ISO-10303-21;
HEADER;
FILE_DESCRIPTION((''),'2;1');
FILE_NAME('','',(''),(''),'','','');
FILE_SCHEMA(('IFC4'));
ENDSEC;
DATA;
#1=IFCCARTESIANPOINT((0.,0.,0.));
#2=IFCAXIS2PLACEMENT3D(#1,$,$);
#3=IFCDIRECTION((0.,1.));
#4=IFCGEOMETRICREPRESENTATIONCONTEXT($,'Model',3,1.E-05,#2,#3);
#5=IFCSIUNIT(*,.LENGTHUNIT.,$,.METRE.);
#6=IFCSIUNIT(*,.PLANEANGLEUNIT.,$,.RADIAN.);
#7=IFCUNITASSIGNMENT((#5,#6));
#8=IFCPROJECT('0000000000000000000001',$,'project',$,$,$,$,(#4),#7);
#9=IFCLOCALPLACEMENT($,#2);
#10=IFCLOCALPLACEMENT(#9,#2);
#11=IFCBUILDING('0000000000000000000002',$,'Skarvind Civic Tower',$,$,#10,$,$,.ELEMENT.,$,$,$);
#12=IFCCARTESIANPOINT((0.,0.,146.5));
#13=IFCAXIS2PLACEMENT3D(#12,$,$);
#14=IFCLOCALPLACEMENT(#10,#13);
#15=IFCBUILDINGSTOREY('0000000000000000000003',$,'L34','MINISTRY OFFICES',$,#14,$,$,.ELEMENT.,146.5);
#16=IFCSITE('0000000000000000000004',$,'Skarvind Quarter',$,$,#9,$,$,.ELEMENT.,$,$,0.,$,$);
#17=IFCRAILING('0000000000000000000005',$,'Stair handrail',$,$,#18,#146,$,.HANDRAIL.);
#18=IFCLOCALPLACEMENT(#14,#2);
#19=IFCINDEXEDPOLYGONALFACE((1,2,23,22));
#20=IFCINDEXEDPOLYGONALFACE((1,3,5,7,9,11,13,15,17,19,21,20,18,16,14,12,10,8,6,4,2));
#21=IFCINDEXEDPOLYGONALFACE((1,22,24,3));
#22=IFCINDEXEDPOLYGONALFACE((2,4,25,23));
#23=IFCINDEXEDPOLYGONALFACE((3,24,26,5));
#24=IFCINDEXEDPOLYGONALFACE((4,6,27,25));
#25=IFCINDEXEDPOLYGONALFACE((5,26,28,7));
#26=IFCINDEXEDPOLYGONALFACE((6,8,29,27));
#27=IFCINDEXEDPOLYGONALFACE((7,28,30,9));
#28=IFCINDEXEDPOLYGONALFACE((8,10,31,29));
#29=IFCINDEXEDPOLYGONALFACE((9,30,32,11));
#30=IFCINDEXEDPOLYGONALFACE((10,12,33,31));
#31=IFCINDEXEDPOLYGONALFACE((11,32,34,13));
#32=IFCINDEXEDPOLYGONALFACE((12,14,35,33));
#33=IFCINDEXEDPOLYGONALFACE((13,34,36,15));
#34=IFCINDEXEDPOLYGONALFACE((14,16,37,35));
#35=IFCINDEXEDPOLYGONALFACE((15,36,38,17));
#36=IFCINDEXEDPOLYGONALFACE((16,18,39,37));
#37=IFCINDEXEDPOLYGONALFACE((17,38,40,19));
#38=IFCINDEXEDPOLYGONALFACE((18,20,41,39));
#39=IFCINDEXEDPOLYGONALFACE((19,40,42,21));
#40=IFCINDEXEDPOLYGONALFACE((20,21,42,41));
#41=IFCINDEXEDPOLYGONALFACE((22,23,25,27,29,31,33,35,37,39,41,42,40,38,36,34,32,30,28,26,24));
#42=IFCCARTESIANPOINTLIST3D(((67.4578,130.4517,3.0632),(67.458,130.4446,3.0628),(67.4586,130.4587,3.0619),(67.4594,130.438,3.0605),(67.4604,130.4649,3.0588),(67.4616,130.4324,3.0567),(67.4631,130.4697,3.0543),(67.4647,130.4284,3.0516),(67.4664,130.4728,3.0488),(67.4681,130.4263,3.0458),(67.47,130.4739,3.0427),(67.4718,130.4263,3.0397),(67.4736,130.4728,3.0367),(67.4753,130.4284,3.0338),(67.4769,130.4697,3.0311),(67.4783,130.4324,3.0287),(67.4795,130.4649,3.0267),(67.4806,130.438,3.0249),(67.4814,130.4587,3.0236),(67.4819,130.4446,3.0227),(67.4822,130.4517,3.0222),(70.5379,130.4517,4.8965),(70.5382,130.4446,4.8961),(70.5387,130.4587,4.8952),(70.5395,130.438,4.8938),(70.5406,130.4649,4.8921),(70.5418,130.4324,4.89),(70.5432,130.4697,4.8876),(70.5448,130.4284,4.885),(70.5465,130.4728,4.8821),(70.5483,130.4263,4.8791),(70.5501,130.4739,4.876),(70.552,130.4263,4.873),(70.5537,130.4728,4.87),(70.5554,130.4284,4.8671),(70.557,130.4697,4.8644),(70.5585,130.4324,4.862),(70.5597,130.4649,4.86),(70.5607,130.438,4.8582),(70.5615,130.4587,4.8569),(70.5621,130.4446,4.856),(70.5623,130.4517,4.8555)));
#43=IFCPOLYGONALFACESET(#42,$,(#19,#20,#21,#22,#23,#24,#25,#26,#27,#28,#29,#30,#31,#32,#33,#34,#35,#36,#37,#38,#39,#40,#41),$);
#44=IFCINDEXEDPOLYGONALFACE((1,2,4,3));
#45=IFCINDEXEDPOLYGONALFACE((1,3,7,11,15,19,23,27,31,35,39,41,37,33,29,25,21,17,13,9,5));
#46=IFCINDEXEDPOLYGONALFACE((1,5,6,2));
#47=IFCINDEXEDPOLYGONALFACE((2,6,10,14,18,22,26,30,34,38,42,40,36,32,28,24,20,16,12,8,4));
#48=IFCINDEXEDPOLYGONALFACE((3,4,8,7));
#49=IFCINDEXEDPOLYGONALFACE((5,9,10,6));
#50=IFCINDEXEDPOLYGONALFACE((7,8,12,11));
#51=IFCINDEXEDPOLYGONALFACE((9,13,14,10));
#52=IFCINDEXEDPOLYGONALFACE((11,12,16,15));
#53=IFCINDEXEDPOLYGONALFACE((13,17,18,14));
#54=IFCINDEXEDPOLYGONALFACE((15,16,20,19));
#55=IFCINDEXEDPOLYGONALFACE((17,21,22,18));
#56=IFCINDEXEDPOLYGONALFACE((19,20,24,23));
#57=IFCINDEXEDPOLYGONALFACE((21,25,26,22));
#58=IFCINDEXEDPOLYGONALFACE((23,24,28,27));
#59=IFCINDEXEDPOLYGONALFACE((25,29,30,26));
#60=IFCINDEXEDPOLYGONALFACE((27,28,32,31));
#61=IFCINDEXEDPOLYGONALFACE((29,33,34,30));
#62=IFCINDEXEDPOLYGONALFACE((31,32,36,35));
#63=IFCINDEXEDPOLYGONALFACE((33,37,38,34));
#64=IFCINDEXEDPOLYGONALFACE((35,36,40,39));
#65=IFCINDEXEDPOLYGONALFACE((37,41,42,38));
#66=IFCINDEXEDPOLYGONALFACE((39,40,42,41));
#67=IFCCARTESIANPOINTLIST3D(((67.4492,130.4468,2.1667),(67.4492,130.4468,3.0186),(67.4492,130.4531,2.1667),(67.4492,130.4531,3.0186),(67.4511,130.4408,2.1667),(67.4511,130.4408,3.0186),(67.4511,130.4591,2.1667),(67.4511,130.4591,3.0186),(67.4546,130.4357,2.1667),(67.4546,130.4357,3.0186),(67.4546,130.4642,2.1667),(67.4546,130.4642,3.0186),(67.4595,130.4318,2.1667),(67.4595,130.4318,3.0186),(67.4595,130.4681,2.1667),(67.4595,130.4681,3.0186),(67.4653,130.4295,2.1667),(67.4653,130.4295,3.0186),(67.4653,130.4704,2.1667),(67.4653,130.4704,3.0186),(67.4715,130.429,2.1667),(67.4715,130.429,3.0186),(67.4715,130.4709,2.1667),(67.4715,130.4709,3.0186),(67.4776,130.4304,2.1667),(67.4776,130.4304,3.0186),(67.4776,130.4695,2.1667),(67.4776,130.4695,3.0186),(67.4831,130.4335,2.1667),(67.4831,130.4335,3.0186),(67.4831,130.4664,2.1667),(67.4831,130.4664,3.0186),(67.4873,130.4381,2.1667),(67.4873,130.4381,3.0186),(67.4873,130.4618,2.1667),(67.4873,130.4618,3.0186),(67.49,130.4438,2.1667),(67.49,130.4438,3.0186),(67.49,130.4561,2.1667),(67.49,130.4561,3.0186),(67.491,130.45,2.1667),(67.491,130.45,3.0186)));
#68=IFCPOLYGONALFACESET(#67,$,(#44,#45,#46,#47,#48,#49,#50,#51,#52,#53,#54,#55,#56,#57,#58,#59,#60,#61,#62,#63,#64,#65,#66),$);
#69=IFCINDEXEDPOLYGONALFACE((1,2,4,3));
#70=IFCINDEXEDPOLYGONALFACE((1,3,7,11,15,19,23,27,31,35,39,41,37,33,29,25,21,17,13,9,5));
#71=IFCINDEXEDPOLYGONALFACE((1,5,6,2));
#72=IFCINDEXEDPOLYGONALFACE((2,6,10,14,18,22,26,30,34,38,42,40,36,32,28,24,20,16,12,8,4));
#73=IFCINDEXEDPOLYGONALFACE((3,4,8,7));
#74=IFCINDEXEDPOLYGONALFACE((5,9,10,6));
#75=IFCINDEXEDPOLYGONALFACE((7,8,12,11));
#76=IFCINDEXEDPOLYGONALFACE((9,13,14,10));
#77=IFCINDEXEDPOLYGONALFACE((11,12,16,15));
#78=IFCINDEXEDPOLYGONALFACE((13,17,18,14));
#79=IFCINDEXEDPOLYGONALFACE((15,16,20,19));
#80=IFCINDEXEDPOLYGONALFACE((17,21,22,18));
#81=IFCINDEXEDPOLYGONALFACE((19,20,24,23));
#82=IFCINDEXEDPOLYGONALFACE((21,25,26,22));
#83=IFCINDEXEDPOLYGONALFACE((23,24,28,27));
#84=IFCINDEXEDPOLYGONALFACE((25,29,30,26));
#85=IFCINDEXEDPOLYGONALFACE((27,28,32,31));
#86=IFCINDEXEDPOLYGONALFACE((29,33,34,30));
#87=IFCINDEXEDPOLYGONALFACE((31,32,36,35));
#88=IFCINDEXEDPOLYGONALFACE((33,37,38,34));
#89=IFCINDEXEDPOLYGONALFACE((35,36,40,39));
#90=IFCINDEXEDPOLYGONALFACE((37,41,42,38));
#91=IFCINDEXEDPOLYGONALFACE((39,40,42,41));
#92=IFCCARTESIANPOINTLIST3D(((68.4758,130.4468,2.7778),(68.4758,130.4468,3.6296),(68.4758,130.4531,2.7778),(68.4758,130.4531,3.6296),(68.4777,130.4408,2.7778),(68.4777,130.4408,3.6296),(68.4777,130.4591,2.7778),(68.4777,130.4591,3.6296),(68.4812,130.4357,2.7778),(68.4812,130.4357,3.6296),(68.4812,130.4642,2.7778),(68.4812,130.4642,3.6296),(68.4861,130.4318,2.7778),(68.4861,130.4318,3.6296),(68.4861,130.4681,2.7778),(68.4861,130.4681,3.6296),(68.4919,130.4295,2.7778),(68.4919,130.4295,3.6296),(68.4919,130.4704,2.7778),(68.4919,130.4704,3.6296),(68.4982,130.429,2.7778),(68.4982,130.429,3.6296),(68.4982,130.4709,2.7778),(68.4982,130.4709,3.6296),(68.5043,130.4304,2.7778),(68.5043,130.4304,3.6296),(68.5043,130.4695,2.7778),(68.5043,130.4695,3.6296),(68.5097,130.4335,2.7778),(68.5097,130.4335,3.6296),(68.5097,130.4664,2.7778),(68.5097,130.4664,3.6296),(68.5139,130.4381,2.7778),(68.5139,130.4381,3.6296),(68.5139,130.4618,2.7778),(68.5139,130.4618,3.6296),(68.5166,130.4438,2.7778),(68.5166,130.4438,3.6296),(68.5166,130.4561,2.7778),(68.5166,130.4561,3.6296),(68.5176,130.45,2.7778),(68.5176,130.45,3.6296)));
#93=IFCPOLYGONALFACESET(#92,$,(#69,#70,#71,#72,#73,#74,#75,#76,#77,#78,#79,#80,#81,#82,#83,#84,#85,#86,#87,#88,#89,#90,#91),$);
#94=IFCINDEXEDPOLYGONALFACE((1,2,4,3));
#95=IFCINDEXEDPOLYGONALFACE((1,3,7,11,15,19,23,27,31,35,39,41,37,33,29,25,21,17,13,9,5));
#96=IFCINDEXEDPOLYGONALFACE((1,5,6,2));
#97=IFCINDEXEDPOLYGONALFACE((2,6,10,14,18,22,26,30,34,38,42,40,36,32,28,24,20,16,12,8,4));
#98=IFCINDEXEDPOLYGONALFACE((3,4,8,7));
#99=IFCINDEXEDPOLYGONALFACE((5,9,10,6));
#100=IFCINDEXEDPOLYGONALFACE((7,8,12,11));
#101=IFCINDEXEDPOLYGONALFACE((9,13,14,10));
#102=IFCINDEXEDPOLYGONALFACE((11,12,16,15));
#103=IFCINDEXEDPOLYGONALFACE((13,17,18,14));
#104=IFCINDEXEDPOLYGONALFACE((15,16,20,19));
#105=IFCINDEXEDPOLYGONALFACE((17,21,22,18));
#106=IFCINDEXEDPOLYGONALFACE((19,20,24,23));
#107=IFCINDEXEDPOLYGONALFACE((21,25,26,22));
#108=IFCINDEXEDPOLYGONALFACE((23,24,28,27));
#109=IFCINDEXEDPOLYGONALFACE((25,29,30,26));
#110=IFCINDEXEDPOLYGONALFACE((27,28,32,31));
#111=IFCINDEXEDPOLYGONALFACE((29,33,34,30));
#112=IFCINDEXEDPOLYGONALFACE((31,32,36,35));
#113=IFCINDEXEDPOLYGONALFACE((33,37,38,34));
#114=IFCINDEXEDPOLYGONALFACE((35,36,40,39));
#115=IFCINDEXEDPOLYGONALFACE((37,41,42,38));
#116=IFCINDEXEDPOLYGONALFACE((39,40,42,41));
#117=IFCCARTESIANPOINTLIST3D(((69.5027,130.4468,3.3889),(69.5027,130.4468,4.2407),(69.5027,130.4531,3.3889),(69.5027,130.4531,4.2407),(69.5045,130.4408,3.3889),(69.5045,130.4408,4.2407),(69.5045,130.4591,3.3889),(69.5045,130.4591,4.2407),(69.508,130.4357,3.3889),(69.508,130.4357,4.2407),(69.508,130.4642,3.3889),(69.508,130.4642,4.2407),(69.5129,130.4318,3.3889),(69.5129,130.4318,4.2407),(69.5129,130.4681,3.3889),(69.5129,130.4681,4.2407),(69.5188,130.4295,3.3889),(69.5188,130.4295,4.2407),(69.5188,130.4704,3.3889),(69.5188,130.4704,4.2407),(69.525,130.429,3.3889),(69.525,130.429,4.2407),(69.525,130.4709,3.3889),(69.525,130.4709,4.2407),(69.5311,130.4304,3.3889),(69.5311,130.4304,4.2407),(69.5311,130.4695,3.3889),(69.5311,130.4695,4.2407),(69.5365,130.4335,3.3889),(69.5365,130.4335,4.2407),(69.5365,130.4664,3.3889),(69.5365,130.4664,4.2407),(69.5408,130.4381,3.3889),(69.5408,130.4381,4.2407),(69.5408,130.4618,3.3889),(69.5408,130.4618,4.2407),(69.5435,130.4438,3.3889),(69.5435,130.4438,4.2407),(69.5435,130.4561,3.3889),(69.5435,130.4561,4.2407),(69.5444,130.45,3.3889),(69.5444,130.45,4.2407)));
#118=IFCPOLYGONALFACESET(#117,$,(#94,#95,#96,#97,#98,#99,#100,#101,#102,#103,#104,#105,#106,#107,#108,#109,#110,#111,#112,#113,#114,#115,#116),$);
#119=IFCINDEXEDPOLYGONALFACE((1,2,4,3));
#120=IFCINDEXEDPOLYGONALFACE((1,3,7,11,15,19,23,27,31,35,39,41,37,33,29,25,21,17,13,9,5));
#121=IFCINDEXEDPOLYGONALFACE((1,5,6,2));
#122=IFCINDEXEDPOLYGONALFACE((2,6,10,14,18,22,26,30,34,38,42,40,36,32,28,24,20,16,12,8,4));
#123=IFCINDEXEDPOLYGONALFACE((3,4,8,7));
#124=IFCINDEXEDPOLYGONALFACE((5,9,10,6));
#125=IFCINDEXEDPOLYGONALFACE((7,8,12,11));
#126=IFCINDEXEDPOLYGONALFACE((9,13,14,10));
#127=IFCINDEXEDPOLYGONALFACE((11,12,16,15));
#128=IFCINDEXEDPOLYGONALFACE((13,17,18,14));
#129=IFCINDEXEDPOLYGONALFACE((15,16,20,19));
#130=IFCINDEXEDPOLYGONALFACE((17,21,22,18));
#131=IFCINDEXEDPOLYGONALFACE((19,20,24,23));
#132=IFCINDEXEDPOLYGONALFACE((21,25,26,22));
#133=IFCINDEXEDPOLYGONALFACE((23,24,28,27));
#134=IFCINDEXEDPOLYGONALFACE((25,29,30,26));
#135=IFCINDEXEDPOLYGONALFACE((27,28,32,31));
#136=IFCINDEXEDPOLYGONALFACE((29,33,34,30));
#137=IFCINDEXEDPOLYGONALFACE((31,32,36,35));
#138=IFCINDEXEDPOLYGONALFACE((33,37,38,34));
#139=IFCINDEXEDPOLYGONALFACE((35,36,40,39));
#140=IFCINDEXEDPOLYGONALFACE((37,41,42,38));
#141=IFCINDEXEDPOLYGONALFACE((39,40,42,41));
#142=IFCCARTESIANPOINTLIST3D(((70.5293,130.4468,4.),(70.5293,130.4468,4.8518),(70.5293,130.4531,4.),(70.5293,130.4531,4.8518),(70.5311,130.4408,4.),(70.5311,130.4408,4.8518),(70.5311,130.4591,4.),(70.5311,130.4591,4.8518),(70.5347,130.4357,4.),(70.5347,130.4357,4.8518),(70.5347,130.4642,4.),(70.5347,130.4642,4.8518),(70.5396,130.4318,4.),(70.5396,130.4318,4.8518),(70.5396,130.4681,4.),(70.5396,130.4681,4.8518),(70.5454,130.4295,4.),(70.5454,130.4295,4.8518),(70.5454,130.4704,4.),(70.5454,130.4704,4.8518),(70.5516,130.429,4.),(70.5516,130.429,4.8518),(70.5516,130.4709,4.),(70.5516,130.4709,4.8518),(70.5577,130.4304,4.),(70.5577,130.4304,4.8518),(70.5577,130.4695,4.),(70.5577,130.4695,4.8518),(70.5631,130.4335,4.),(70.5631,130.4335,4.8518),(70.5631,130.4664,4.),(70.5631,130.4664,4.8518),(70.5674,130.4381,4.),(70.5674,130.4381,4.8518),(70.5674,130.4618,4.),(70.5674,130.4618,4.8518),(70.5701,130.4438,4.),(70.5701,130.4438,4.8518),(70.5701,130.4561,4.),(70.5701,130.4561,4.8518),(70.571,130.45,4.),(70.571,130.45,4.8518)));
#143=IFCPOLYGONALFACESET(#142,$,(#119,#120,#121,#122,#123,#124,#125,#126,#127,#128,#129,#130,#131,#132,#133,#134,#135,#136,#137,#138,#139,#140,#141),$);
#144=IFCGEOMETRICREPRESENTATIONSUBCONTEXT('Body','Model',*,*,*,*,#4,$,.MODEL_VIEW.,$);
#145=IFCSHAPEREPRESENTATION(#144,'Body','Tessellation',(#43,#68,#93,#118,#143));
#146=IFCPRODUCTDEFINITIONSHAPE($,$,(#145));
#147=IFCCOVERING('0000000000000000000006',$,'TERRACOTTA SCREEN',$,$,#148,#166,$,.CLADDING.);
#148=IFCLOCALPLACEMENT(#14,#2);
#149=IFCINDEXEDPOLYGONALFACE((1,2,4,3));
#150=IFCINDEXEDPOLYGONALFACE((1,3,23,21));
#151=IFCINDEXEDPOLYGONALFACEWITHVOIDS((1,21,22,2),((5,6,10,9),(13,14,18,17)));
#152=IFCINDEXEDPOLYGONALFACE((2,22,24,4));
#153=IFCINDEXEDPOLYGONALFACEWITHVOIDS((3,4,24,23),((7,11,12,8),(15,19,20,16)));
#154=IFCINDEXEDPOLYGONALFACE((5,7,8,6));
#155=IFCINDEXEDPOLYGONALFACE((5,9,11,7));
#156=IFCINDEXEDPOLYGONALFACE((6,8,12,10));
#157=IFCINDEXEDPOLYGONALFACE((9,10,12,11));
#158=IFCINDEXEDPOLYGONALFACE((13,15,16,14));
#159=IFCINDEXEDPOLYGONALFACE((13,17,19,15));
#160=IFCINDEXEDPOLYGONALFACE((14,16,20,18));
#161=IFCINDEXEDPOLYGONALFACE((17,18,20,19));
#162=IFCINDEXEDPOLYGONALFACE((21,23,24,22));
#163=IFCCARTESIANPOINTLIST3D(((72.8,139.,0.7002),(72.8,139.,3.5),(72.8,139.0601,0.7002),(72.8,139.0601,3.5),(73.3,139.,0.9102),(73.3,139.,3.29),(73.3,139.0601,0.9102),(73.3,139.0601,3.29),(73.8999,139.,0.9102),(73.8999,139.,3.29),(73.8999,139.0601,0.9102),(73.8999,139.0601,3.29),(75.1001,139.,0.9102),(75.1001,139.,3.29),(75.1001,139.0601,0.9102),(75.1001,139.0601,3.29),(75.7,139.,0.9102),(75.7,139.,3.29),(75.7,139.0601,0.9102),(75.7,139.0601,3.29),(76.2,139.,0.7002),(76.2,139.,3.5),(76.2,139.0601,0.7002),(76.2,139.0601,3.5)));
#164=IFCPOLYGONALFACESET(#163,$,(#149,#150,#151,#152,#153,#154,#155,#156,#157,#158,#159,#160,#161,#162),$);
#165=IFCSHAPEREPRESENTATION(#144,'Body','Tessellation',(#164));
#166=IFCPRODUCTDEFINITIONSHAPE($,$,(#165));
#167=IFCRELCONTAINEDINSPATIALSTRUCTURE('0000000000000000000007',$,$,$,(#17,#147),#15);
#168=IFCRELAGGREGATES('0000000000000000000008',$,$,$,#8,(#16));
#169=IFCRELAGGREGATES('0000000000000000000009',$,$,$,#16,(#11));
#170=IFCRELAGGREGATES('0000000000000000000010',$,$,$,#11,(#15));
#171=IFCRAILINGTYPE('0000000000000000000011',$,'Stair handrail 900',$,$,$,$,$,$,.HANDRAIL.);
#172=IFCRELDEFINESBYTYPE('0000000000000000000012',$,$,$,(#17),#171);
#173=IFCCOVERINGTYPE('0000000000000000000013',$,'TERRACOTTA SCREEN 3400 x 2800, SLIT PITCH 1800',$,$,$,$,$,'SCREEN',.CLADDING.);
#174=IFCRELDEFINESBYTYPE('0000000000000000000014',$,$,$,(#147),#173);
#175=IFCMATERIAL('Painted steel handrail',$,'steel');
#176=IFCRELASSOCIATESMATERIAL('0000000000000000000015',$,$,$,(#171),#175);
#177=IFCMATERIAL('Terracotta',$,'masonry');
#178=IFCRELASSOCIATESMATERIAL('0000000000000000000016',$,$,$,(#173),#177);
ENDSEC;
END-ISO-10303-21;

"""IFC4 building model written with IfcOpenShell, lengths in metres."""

from ifc_helpers import new_model, si_unit, direction, frame, origin, origin_2d, place, context, subcontext, project, spatial, polyline, circle, outline, extrude, material, material_profile, profile_set, type_object, element, save


model = new_model("IFC4")

# Units and contexts
model_context = context("Model", 3, precision=1e-05, world=origin(), true_north=direction((0.0, 1.0)))
body_context = subcontext(model_context, "Body", "Model", "MODEL_VIEW")
ifc_project = project(units=[si_unit("LENGTHUNIT", "METRE"), si_unit("PLANEANGLEUNIT", "RADIAN")], contexts=[model_context])

# Site, building, storey
site_placement = place(None, origin())
site = spatial("IfcSite", under=ifc_project, at=site_placement, Name="Skarvind Quarter", CompositionType="ELEMENT", RefElevation=0.0)
building_placement = place(site_placement, origin())
building = spatial("IfcBuilding", under=site, at=building_placement, Name="Skarvind Civic Tower", CompositionType="ELEMENT")
storey_placement = place(building_placement, frame((0.0, 0.0, 146.5)))
storey = spatial("IfcBuildingStorey", under=building, at=storey_placement, Name="L34", Description="MINISTRY OFFICES", CompositionType="ELEMENT", Elevation=146.5)

# Railing
ifc_material_1 = material(Name="Painted steel handrail", Category="steel")
railing_type = type_object("IfcRailingType", Name="Stair handrail 900", PredefinedType="HANDRAIL", material=ifc_material_1)
railing_1_placement = place(storey_placement, frame((67.47, 130.45, 2.1667)))
element("IfcRailing", 1, at=railing_1_placement, inside=storey, type_object=railing_type, Name="Stair handrail", PredefinedType="HANDRAIL", context=body_context, shape_type="SweptSolid", body=[
    extrude(circle(Radius=0.0239, at=origin_2d()), frame((0.0, 0.0, 0.876), z_axis=(0.859309, 0.0, 0.511458), x_axis=(0.0, 1.0, 0.0)), (0.0, 0.0, 1.0), 3.5845),
    extrude(circle(Radius=0.021, at=origin_2d()), origin(), (0.0, 0.0, 1.0), 0.8518),
    extrude(circle(Radius=0.021, at=origin_2d()), frame((1.0266, 0.0, 0.6111)), (0.0, 0.0, 1.0), 0.8518),
    extrude(circle(Radius=0.021, at=origin_2d()), frame((2.0535, 0.0, 1.2222)), (0.0, 0.0, 1.0), 0.8518),
    extrude(circle(Radius=0.021, at=origin_2d()), frame((3.0801, 0.0, 1.8333)), (0.0, 0.0, 1.0), 0.8518),
])

# Covering
ifc_material_2 = material(Name="Terracotta", Category="masonry")
ifc_material_profile_1 = material_profile(ifc_material_2, outline(polyline([(-1.7, -1.3999), (1.7, -1.3999), (1.7, 1.3999), (-1.7, 1.3999), (-1.7, -1.3999)]), holes=[polyline([(-1.2, -1.1899), (-0.6001, -1.1899), (-0.6001, 1.1899), (-1.2, 1.1899), (-1.2, -1.1899)]), polyline([(0.6001, -1.1899), (1.2, -1.1899), (1.2, 1.1899), (0.6001, 1.1899), (0.6001, -1.1899)])]), Name="TERRACOTTA SCREEN 3400 x 2800, SLIT PITCH 1800")
ifc_profile_set_1 = profile_set([ifc_material_profile_1], Name="Terracotta")
covering_type = type_object("IfcCoveringType", Name="TERRACOTTA SCREEN 3400 x 2800, SLIT PITCH 1800", ElementType="SCREEN", PredefinedType="CLADDING", material=ifc_profile_set_1)
covering_placement = place(storey_placement, frame((74.5, 139.0, 2.1001), z_axis=(0.0, 1.0, 0.0), x_axis=(-1.0, 0.0, 0.0)))
element("IfcCovering", 2, at=covering_placement, inside=storey, type_object=covering_type, Name="TERRACOTTA SCREEN", PredefinedType="CLADDING", context=body_context, shape_type="SweptSolid", body=[
    extrude(outline(polyline([(-1.7, -1.3999), (1.7, -1.3999), (1.7, 1.3999), (-1.7, 1.3999), (-1.7, -1.3999)]), holes=[polyline([(-1.2, -1.1899), (-0.6001, -1.1899), (-0.6001, 1.1899), (-1.2, 1.1899), (-1.2, -1.1899)]), polyline([(0.6001, -1.1899), (1.2, -1.1899), (1.2, 1.1899), (0.6001, 1.1899), (0.6001, -1.1899)])]), origin(), (0.0, 0.0, 1.0), 0.0601),
])

save(model, "model.ifc")
